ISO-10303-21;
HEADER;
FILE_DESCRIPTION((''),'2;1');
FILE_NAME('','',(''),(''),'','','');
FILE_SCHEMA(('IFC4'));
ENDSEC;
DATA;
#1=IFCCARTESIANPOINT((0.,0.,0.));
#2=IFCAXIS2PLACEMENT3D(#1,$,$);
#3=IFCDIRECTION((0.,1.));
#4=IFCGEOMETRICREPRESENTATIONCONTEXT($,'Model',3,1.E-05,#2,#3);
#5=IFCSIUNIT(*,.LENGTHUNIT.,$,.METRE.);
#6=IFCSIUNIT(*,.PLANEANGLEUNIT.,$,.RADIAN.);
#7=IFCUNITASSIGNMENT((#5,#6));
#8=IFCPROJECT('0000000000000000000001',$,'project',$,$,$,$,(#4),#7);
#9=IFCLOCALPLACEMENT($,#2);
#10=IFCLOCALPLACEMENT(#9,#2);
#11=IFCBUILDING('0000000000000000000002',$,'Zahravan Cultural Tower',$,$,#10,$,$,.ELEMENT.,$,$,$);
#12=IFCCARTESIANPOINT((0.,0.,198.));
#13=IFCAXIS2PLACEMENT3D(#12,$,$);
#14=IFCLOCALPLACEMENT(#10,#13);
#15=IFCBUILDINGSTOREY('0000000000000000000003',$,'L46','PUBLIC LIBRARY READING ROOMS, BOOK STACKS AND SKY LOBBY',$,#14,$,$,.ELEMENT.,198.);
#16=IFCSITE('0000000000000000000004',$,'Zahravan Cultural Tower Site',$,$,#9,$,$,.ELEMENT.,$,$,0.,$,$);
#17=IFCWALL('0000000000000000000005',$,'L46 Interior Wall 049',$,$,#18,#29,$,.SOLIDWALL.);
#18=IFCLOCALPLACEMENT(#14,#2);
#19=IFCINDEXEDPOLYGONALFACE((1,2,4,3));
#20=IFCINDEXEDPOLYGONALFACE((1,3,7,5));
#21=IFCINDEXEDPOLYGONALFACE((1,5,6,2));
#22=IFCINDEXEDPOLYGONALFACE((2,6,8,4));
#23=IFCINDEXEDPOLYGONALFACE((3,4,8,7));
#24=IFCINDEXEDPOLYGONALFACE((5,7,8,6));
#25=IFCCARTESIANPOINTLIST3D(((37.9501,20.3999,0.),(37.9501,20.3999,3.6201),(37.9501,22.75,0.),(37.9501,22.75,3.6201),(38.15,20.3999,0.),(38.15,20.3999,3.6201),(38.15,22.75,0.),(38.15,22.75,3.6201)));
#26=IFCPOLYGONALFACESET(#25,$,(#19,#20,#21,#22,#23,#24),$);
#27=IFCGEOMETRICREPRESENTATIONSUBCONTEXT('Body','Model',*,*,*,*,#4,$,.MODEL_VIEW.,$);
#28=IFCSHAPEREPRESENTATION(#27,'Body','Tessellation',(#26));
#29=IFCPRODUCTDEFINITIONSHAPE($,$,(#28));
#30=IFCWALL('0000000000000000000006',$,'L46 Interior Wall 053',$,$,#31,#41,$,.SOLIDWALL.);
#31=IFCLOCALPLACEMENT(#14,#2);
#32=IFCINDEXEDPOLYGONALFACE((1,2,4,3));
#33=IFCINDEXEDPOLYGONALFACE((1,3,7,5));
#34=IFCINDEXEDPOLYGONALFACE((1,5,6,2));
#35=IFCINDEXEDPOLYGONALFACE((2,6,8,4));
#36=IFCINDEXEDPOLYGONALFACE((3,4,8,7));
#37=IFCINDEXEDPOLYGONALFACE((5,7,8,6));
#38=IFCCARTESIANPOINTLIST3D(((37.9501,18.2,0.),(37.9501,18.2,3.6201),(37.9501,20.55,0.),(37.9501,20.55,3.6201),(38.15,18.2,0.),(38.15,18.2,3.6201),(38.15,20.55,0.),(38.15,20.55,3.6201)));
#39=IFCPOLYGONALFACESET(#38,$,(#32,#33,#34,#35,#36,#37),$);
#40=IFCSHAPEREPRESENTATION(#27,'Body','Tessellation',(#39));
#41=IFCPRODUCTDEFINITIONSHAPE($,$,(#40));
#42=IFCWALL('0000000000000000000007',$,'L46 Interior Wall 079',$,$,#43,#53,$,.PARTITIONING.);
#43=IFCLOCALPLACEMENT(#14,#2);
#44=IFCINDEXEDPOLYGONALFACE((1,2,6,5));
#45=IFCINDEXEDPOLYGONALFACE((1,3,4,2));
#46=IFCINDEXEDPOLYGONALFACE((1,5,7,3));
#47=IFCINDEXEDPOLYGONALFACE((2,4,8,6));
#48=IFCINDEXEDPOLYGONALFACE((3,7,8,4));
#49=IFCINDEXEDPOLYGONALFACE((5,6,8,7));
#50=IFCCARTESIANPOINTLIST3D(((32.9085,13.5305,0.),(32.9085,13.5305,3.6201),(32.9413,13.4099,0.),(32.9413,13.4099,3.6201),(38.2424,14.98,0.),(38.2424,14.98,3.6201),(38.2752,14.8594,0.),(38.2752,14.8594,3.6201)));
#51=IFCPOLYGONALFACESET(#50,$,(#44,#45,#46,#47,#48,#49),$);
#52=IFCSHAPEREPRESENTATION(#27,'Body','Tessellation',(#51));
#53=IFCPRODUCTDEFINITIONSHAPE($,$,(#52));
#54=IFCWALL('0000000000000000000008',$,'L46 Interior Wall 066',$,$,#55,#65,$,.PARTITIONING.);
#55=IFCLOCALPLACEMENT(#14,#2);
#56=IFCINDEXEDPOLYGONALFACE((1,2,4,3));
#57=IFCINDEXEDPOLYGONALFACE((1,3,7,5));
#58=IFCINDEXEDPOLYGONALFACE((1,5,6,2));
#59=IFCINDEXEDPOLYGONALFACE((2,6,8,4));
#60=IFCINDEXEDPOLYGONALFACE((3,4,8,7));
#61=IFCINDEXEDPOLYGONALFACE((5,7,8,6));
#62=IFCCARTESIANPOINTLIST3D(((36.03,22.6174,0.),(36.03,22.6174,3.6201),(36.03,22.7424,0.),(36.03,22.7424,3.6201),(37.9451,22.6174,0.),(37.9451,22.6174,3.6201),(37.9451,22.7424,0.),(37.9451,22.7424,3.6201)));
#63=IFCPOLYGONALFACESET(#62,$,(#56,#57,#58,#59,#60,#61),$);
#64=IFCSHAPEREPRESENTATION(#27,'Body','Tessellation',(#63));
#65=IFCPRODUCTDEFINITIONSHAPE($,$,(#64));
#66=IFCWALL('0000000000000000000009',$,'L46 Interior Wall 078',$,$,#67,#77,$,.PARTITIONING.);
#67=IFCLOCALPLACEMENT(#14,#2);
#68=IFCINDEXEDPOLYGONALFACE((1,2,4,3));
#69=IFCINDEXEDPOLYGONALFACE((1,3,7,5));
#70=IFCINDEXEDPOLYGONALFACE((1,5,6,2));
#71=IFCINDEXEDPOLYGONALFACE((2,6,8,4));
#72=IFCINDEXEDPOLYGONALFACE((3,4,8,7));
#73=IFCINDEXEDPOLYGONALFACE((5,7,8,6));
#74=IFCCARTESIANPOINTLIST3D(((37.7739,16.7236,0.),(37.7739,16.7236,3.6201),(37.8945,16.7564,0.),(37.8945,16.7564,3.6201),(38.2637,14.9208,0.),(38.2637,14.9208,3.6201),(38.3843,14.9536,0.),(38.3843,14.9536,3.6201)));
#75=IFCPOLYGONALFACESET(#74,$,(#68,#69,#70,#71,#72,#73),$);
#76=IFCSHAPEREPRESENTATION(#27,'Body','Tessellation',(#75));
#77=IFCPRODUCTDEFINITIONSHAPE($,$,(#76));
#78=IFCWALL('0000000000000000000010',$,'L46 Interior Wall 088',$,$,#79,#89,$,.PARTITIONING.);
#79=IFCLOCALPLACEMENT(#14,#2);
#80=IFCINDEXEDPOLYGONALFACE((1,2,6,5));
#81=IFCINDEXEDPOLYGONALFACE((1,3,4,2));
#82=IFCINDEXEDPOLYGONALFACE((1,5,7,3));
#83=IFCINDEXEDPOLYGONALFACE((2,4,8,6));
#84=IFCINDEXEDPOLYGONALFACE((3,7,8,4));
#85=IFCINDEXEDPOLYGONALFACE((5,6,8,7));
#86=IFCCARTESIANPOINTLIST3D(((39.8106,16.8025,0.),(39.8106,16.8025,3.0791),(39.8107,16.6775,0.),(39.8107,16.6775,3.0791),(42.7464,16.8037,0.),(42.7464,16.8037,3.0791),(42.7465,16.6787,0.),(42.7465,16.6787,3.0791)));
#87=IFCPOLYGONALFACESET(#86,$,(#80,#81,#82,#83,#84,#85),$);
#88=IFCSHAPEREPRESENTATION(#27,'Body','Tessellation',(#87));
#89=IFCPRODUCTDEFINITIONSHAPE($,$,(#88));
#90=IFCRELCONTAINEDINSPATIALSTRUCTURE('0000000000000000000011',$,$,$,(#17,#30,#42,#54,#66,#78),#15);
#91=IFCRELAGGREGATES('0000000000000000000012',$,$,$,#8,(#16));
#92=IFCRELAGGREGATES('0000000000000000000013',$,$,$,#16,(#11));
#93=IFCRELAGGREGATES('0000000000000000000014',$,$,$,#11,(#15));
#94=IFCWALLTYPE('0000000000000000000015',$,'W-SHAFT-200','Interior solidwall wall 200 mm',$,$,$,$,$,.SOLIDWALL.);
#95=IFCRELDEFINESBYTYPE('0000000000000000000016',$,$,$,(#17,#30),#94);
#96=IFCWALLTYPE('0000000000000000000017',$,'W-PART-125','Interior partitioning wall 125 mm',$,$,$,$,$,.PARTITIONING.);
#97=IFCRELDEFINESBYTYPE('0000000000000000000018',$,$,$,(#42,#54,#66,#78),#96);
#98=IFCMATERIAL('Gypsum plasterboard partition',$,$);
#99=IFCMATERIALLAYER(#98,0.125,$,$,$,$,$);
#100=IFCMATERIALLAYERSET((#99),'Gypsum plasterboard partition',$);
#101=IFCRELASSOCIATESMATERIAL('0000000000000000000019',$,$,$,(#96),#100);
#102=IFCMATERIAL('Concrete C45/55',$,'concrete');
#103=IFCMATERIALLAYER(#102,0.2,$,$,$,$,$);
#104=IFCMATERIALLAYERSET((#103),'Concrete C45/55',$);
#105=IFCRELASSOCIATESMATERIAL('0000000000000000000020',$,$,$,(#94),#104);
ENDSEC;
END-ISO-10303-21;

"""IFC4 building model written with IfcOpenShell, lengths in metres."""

from ifc_helpers import new_model, si_unit, direction, frame, frame_2d, origin, place, context, subcontext, project, spatial, rectangle, extrude, source, transform, mapped, material, layer, layer_set, type_object, element, save


model = new_model("IFC4")

# Units and contexts
model_context = context("Model", 3, precision=1e-05, world=origin(), true_north=direction((0.0, 1.0)))
body_context = subcontext(model_context, "Body", "Model", "MODEL_VIEW")
ifc_project = project(units=[si_unit("LENGTHUNIT", "METRE"), si_unit("PLANEANGLEUNIT", "RADIAN")], contexts=[model_context])

# Site, building, storey
site_placement = place(None, origin())
site = spatial("IfcSite", under=ifc_project, at=site_placement, Name="Zahravan Cultural Tower Site", CompositionType="ELEMENT", RefElevation=0.0)
building_placement = place(site_placement, origin())
building = spatial("IfcBuilding", under=site, at=building_placement, Name="Zahravan Cultural Tower", CompositionType="ELEMENT")
storey_placement = place(building_placement, frame((0.0, 0.0, 198.0)))
storey = spatial("IfcBuildingStorey", under=building, at=storey_placement, Name="L46", Description="PUBLIC LIBRARY READING ROOMS, BOOK STACKS AND SKY LOBBY", CompositionType="ELEMENT", Elevation=198.0)

# Shared definitions
ifc_material_1 = material(Name="Gypsum plasterboard partition")
ifc_layer_1 = layer(ifc_material_1, 0.125)
ifc_layer_set_1 = layer_set([ifc_layer_1], Name="Gypsum plasterboard partition")
wall_type_1 = type_object("IfcWallType", Name="W-PART-125", Description="Interior partitioning wall 125 mm", PredefinedType="PARTITIONING", material=ifc_layer_set_1)
ifc_material_2 = material(Name="Concrete C45/55", Category="concrete")
ifc_layer_2 = layer(ifc_material_2, 0.2)
ifc_layer_set_2 = layer_set([ifc_layer_2], Name="Concrete C45/55")
wall_type_2 = type_object("IfcWallType", Name="W-SHAFT-200", Description="Interior solidwall wall 200 mm", PredefinedType="SOLIDWALL", material=ifc_layer_set_2)

# Walls
shared_shape_1 = source(origin(), body_context, "Body", "SweptSolid", [
    extrude(rectangle(XDim=2.3501, YDim=0.2, at=frame_2d((1.175, 0.0))), origin(), (0.0, 0.0, 1.0), 3.6201),
])
for number, where, z_axis, x_axis, name in (
    (1, (38.05, 20.3999, 0.0), (0.0, 0.0, 1.0), (0.0, 1.0, 0.0), "L46 Interior Wall 049"),
    (2, (38.05, 18.2, 0.0), (0.0, 0.0, 1.0), (0.0, 1.0, 0.0), "L46 Interior Wall 053"),
):
    element("IfcWall", number, at=place(storey_placement, frame(where, z_axis=z_axis, x_axis=x_axis)), inside=storey, type_object=wall_type_2, Name=name, PredefinedType="SOLIDWALL", context=body_context, shape_type="MappedRepresentation", body=[
        mapped(shared_shape_1, transform((0.0, 0.0, 0.0), x_axis=(1.0, 0.0, 0.0), y_axis=(0.0, 1.0, 0.0), z_axis=(0.0, 0.0, 1.0), scale=1.0)),
    ])
shared_shape_2 = source(origin(), body_context, "Body", "SweptSolid", [
    extrude(rectangle(XDim=5.5273, YDim=0.125, at=frame_2d((2.7637, 0.0))), origin(), (0.0, 0.0, 1.0), 3.6201),
])
wall_1_placement = place(storey_placement, frame((38.2588, 14.9197, 0.0), z_axis=(0.0, 0.0, 1.0), x_axis=(-0.965005, -0.262232, 0.0)))
element("IfcWall", 3, at=wall_1_placement, inside=storey, type_object=wall_type_1, Name="L46 Interior Wall 079", PredefinedType="PARTITIONING", context=body_context, shape_type="MappedRepresentation", body=[
    mapped(shared_shape_2, transform((0.0, 0.0, 0.0), x_axis=(1.0, 0.0, 0.0), y_axis=(0.0, 1.0, 0.0), z_axis=(0.0, 0.0, 1.0), scale=1.0)),
])
shared_shape_3 = source(origin(), body_context, "Body", "SweptSolid", [
    extrude(rectangle(XDim=1.915, YDim=0.125, at=frame_2d((0.9575, 0.0))), origin(), (0.0, 0.0, 1.0), 3.6201),
])
wall_2_placement = place(storey_placement, frame((36.03, 22.6799, 0.0), z_axis=(0.0, 0.0, 1.0), x_axis=(1.0, 0.0, 0.0)))
element("IfcWall", 4, at=wall_2_placement, inside=storey, type_object=wall_type_1, Name="L46 Interior Wall 066", PredefinedType="PARTITIONING", context=body_context, shape_type="MappedRepresentation", body=[
    mapped(shared_shape_3, transform((0.0, 0.0, 0.0), x_axis=(1.0, 0.0, 0.0), y_axis=(0.0, 1.0, 0.0), z_axis=(0.0, 0.0, 1.0), scale=1.0)),
])
shared_shape_4 = source(origin(), body_context, "Body", "SweptSolid", [
    extrude(rectangle(XDim=1.8682, YDim=0.125, at=frame_2d((0.9341, 0.0))), origin(), (0.0, 0.0, 1.0), 3.6201),
])
wall_3_placement = place(storey_placement, frame((37.8342, 16.74, 0.0), z_axis=(0.0, 0.0, 1.0), x_axis=(0.262166, -0.965023, 0.0)))
element("IfcWall", 5, at=wall_3_placement, inside=storey, type_object=wall_type_1, Name="L46 Interior Wall 078", PredefinedType="PARTITIONING", context=body_context, shape_type="MappedRepresentation", body=[
    mapped(shared_shape_4, transform((0.0, 0.0, 0.0), x_axis=(1.0, 0.0, 0.0), y_axis=(0.0, 1.0, 0.0), z_axis=(0.0, 0.0, 1.0), scale=1.0)),
])
shared_shape_5 = source(origin(), body_context, "Body", "SweptSolid", [
    extrude(rectangle(XDim=2.9358, YDim=0.125, at=frame_2d((1.4678, 0.0))), origin(), (0.0, 0.0, 1.0), 3.0791),
])
wall_4_placement = place(storey_placement, frame((39.8108, 16.74, 0.0), z_axis=(0.0, 0.0, 1.0), x_axis=(1.0, 0.000416, 0.0)))
element("IfcWall", 6, at=wall_4_placement, inside=storey, type_object=wall_type_1, Name="L46 Interior Wall 088", PredefinedType="PARTITIONING", context=body_context, shape_type="MappedRepresentation", body=[
    mapped(shared_shape_5, transform((0.0, 0.0, 0.0), x_axis=(1.0, 0.0, 0.0), y_axis=(0.0, 1.0, 0.0), z_axis=(0.0, 0.0, 1.0), scale=1.0)),
])

save(model, "model.ifc")
